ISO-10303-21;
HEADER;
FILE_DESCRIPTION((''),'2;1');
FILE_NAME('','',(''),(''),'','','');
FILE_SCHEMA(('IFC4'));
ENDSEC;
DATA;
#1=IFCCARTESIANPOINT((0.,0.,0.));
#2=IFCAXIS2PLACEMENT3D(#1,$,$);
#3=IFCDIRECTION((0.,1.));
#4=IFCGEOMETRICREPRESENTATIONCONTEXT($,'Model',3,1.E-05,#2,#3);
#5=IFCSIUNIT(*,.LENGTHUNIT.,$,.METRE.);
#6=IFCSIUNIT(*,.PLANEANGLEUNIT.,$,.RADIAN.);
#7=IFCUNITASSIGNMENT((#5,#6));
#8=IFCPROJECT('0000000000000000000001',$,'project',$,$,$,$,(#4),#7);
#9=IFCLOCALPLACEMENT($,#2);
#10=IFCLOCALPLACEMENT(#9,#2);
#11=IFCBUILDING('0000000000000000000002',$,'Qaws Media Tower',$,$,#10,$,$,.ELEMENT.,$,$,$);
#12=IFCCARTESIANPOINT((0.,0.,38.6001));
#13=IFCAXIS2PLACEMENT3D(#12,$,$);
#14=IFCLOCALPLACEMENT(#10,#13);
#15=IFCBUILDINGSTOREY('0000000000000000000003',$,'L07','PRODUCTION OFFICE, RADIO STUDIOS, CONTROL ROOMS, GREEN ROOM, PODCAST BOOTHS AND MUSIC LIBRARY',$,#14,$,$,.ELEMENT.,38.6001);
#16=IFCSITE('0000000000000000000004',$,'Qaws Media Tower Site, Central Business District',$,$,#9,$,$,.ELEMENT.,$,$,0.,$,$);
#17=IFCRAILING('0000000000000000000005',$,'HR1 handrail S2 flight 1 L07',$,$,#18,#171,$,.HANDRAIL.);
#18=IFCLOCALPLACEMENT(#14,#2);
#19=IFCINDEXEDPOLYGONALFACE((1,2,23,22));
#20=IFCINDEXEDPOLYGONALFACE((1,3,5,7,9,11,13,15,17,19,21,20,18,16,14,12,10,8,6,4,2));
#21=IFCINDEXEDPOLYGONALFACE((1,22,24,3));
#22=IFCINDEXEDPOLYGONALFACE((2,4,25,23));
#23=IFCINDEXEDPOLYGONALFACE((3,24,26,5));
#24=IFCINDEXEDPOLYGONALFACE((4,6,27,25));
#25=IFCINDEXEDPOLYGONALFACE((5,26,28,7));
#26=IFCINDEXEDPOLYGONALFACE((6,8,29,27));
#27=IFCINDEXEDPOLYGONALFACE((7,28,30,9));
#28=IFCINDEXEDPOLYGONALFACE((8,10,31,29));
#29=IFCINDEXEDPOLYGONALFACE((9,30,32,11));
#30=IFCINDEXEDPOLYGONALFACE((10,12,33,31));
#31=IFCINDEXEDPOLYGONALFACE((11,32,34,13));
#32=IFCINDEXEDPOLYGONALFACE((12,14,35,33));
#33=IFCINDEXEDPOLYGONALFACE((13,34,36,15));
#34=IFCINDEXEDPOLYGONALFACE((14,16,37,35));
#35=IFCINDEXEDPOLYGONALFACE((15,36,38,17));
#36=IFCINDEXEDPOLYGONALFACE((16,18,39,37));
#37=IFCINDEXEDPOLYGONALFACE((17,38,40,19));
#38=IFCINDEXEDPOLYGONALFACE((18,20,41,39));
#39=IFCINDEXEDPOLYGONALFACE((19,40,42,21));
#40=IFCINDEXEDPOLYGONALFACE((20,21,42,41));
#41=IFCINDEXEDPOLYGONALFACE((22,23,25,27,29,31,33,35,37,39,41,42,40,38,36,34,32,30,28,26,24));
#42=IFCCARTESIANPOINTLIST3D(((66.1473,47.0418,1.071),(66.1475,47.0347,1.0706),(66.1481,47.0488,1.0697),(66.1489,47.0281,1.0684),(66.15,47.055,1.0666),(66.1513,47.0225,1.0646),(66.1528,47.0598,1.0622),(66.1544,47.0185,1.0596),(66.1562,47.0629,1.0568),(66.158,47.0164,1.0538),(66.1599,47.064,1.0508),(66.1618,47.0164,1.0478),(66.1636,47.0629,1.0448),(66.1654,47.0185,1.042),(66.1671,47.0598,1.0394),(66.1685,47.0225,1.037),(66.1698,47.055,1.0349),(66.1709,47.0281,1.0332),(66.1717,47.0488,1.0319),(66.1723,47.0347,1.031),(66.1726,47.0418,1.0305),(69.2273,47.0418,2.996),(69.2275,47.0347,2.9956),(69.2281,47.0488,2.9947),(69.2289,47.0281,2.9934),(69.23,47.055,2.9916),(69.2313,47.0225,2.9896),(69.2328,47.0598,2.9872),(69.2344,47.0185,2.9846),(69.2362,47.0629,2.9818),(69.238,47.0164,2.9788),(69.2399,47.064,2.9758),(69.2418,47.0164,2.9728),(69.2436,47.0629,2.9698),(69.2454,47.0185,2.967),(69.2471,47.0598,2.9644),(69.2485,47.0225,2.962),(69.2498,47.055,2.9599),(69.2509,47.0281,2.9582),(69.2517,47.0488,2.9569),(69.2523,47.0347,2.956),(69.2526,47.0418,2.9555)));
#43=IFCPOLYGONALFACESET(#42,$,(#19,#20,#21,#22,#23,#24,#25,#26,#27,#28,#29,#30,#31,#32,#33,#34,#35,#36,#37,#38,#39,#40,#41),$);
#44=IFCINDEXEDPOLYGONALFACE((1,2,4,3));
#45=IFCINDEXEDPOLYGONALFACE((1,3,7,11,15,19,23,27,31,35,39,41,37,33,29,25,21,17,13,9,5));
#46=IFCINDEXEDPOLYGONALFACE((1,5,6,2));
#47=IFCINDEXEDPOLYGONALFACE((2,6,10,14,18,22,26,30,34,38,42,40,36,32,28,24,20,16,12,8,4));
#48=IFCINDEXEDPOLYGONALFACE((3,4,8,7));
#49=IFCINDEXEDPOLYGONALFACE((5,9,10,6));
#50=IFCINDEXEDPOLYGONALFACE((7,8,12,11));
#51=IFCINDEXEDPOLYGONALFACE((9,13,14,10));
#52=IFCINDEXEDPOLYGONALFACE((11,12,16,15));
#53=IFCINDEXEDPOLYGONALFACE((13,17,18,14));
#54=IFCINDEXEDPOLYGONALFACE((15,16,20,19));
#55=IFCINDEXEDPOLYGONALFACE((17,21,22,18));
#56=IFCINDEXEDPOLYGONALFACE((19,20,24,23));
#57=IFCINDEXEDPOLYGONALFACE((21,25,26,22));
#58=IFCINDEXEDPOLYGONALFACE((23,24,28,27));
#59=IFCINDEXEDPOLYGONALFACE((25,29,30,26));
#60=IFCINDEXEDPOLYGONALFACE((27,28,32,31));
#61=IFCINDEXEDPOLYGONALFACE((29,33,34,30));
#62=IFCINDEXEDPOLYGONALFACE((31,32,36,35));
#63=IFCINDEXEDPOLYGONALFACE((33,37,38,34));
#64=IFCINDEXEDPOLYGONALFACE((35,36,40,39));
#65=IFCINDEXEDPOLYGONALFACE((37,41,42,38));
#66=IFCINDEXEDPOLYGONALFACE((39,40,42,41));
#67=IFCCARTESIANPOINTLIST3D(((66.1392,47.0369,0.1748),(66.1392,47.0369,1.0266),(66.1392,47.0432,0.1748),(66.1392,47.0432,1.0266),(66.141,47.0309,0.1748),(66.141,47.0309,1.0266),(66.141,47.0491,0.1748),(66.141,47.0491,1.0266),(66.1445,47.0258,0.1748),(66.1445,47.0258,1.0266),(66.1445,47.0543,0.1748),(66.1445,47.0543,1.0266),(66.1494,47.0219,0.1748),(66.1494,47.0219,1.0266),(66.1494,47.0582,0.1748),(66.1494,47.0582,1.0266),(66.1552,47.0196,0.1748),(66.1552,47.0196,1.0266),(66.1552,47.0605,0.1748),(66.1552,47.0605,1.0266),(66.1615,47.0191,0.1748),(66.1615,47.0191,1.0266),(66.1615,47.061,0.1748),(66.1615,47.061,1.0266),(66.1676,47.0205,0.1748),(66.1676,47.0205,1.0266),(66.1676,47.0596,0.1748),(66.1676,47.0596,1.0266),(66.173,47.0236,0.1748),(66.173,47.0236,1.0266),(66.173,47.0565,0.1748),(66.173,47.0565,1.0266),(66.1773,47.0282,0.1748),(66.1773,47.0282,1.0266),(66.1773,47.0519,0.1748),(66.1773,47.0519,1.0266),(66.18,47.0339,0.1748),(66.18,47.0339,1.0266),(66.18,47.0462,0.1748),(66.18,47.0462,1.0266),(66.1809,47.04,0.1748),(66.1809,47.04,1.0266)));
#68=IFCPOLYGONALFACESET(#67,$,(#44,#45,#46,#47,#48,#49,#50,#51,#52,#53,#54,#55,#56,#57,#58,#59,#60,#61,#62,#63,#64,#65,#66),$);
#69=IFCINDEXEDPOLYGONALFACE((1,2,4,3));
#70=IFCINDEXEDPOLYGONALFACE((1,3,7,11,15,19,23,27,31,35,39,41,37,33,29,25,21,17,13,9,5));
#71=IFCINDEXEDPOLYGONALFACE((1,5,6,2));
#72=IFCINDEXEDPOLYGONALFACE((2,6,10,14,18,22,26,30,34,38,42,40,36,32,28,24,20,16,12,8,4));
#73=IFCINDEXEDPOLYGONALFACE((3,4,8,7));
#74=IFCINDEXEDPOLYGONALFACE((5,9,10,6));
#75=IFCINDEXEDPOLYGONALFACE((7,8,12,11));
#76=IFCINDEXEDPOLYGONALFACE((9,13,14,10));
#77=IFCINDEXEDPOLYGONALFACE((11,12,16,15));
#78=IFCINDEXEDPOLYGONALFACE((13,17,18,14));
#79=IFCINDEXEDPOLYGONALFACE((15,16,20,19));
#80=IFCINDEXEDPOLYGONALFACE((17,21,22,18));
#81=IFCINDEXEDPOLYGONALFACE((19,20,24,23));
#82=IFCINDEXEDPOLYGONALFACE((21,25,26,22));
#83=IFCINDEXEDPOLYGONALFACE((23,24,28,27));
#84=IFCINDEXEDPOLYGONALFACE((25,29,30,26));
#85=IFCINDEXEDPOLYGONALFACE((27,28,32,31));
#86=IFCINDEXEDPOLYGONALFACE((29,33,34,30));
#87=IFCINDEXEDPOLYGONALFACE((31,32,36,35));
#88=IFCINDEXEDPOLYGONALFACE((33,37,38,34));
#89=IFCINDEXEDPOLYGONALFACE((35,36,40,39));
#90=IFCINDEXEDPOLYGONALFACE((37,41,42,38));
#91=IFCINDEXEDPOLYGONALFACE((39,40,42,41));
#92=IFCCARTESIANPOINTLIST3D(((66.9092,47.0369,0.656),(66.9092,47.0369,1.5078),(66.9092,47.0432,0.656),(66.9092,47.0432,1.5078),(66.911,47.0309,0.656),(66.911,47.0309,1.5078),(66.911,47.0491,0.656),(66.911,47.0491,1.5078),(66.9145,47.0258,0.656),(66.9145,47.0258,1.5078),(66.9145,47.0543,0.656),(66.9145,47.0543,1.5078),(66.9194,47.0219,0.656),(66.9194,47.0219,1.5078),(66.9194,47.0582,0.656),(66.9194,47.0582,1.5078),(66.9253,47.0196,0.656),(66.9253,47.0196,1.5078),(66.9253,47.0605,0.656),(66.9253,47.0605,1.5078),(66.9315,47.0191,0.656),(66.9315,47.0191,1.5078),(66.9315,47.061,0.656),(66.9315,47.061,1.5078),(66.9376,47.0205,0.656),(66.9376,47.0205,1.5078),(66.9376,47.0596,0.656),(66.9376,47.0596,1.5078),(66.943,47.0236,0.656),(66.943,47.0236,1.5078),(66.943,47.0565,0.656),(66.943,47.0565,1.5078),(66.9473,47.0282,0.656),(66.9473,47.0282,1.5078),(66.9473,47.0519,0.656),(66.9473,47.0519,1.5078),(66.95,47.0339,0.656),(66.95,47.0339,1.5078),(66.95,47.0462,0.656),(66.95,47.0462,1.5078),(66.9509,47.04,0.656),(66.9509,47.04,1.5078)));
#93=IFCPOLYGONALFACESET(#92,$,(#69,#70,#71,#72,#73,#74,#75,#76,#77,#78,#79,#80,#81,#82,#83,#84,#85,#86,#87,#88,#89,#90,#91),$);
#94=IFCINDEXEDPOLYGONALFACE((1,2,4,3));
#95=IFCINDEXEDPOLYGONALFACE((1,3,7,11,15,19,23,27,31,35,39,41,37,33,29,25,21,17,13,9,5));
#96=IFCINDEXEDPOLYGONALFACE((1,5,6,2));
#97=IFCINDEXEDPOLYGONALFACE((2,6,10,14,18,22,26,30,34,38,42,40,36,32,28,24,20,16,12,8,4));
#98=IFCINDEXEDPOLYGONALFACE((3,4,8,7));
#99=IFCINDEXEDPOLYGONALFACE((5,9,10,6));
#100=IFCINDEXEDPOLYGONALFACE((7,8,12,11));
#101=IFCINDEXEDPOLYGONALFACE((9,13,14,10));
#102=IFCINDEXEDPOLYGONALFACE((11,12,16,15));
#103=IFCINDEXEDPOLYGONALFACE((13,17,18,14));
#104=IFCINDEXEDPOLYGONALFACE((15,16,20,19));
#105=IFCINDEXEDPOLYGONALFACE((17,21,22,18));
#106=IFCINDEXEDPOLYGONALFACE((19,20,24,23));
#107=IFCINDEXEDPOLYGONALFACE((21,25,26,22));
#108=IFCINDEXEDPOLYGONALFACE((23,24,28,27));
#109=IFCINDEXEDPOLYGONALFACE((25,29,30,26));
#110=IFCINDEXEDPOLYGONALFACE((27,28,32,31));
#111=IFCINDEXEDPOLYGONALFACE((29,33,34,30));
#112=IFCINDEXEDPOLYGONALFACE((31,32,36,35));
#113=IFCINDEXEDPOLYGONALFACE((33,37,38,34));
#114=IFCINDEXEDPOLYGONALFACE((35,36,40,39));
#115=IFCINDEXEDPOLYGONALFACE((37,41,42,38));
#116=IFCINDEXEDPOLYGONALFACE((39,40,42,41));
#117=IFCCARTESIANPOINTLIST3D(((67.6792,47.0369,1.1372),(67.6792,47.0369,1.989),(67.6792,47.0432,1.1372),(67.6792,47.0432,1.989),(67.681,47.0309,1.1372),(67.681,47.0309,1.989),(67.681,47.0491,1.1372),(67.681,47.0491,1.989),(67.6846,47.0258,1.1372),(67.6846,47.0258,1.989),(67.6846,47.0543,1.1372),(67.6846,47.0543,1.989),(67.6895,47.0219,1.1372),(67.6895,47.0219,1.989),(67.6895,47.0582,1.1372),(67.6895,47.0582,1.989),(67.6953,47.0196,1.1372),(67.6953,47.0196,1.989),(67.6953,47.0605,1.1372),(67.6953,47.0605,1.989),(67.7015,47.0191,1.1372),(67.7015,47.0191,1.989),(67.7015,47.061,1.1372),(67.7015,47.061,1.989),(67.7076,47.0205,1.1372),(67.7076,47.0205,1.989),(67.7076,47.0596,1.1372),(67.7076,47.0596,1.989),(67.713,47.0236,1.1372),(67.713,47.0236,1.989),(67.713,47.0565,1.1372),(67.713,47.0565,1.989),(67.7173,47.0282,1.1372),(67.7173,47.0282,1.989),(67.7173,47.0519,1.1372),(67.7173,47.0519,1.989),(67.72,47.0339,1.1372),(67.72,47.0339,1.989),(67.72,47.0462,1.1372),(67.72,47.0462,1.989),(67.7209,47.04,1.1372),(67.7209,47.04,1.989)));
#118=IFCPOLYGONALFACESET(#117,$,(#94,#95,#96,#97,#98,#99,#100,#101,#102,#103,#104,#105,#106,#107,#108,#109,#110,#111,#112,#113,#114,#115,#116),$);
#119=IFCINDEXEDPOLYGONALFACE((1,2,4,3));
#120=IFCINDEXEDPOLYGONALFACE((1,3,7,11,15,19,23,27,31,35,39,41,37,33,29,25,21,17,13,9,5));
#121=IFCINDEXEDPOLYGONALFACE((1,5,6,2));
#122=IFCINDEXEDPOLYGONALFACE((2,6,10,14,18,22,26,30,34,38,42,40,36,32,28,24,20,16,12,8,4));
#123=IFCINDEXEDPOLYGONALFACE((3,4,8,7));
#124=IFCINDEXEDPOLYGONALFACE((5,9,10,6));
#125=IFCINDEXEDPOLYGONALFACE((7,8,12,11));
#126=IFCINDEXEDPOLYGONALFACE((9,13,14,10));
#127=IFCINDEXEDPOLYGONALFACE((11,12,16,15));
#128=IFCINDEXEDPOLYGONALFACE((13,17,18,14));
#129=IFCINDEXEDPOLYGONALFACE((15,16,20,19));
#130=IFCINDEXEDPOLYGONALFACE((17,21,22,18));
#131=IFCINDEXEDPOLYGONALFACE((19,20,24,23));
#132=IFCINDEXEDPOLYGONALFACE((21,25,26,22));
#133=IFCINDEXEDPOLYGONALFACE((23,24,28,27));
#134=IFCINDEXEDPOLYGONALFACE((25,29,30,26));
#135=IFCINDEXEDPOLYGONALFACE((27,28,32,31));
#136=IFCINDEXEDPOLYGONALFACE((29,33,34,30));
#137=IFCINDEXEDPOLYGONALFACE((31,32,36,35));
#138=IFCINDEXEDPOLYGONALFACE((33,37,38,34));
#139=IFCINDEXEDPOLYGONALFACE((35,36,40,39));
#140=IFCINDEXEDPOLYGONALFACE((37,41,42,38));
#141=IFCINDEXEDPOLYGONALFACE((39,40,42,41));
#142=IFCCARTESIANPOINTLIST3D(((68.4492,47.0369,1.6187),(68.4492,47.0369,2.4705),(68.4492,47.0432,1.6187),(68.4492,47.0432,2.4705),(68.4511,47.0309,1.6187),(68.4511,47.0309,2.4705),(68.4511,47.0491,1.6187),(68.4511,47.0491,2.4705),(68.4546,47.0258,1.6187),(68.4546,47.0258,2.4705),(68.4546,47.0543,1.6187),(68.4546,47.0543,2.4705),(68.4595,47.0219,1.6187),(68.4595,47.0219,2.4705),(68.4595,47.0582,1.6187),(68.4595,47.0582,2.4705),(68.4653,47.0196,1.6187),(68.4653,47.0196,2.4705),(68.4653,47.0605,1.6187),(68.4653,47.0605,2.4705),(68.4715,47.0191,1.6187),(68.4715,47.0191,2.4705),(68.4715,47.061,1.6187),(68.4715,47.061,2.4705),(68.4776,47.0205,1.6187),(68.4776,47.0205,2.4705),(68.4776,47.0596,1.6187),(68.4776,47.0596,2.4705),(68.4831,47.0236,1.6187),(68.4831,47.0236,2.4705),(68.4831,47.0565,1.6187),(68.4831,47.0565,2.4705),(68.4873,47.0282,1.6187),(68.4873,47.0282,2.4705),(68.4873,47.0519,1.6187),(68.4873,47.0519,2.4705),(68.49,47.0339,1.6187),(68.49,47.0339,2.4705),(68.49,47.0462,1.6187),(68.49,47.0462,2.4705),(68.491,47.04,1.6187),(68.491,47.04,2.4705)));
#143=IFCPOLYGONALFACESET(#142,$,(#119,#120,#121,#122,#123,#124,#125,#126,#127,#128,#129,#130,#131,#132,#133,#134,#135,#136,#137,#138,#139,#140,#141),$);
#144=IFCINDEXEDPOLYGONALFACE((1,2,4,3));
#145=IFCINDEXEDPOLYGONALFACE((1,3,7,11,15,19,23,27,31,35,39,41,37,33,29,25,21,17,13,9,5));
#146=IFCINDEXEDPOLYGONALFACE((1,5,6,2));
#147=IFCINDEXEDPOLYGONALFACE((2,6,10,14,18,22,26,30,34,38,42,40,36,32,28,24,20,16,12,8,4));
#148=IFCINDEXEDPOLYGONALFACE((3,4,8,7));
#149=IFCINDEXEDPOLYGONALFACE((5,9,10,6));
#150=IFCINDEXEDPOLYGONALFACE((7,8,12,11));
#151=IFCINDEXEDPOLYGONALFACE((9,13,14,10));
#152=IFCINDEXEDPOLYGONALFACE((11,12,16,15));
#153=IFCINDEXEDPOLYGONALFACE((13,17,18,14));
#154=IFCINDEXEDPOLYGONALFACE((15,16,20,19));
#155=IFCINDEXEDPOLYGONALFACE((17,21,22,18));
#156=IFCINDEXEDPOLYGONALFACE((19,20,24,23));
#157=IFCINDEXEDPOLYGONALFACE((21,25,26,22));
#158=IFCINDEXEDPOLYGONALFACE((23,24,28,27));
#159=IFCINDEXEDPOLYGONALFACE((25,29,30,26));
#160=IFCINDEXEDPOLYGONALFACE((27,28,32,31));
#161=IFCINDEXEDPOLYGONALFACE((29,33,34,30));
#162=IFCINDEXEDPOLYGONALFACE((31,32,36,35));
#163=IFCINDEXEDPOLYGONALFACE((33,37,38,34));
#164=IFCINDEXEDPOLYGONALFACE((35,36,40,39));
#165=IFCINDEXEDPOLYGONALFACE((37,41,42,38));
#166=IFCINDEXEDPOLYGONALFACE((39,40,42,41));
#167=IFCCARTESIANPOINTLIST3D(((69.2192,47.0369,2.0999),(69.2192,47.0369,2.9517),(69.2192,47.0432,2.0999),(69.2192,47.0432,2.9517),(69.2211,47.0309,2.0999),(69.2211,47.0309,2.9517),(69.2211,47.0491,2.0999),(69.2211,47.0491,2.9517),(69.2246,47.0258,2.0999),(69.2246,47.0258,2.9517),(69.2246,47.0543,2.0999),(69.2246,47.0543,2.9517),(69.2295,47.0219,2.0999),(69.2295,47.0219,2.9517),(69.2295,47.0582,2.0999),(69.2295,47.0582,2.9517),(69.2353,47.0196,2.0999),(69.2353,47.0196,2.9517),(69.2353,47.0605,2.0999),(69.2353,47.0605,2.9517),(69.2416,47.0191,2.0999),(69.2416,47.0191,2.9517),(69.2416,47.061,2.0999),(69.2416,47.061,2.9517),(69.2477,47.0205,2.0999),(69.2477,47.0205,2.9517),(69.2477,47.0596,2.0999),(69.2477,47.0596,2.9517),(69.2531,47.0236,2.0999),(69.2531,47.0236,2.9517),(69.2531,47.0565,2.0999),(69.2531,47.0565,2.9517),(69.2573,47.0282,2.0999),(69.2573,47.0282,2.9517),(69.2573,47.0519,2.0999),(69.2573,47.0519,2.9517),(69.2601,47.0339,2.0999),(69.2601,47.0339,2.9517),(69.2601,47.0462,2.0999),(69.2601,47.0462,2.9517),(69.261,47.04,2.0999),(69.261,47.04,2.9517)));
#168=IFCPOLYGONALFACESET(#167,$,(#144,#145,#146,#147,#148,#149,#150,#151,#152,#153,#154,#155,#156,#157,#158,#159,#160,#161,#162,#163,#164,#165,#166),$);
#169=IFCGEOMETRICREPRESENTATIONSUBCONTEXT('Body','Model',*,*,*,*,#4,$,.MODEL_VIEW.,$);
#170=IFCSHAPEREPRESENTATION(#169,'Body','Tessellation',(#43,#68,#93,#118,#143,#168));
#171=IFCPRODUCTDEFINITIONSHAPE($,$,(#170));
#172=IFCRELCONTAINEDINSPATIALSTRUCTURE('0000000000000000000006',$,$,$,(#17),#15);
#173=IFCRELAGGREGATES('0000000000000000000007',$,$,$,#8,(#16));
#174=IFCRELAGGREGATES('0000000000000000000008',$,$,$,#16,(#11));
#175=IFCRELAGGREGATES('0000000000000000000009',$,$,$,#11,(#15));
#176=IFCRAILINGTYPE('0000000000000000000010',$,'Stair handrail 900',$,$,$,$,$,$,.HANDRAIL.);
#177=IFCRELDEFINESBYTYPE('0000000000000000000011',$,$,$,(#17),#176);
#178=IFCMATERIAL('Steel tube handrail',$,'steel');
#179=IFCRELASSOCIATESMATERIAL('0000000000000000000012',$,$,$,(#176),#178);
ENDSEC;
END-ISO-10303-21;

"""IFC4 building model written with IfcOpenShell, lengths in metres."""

from ifc_helpers import new_model, si_unit, direction, frame, origin, origin_2d, place, context, subcontext, project, spatial, circle, extrude, material, type_object, element, save


model = new_model("IFC4")

# Units and contexts
model_context = context("Model", 3, precision=1e-05, world=origin(), true_north=direction((0.0, 1.0)))
body_context = subcontext(model_context, "Body", "Model", "MODEL_VIEW")
ifc_project = project(units=[si_unit("LENGTHUNIT", "METRE"), si_unit("PLANEANGLEUNIT", "RADIAN")], contexts=[model_context])

# Site, building, storey
site_placement = place(None, origin())
site = spatial("IfcSite", under=ifc_project, at=site_placement, Name="Qaws Media Tower Site, Central Business District", CompositionType="ELEMENT", RefElevation=0.0)
building_placement = place(site_placement, origin())
building = spatial("IfcBuilding", under=site, at=building_placement, Name="Qaws Media Tower", CompositionType="ELEMENT")
storey_placement = place(building_placement, frame((0.0, 0.0, 38.6001)))
storey = spatial("IfcBuildingStorey", under=building, at=storey_placement, Name="L07", Description="PRODUCTION OFFICE, RADIO STUDIOS, CONTROL ROOMS, GREEN ROOM, PODCAST BOOTHS AND MUSIC LIBRARY", CompositionType="ELEMENT", Elevation=38.6001)

# Railing
ifc_material_1 = material(Name="Steel tube handrail", Category="steel")
railing_type = type_object("IfcRailingType", Name="Stair handrail 900", PredefinedType="HANDRAIL", material=ifc_material_1)
railing_placement = place(storey_placement, frame((66.1599, 47.04, 0.1748)))
element("IfcRailing", 1, at=railing_placement, inside=storey, type_object=railing_type, Name="HR1 handrail S2 flight 1 L07", PredefinedType="HANDRAIL", context=body_context, shape_type="SweptSolid", body=[
    extrude(circle(Radius=0.0239, at=origin_2d()), frame((0.0, 0.0, 0.876), z_axis=(0.847998, 0.0, 0.529999), x_axis=(0.0, 1.0, 0.0)), (0.0, 0.0, 1.0), 3.6321),
    extrude(circle(Radius=0.021, at=origin_2d()), origin(), (0.0, 0.0, 1.0), 0.8518),
    extrude(circle(Radius=0.021, at=origin_2d()), frame((0.77, 0.0, 0.4812)), (0.0, 0.0, 1.0), 0.8518),
    extrude(circle(Radius=0.021, at=origin_2d()), frame((1.54, 0.0, 0.9624)), (0.0, 0.0, 1.0), 0.8518),
    extrude(circle(Radius=0.021, at=origin_2d()), frame((2.3101, 0.0, 1.4438)), (0.0, 0.0, 1.0), 0.8518),
    extrude(circle(Radius=0.021, at=origin_2d()), frame((3.0801, 0.0, 1.925)), (0.0, 0.0, 1.0), 0.8518),
])

save(model, "model.ifc")
